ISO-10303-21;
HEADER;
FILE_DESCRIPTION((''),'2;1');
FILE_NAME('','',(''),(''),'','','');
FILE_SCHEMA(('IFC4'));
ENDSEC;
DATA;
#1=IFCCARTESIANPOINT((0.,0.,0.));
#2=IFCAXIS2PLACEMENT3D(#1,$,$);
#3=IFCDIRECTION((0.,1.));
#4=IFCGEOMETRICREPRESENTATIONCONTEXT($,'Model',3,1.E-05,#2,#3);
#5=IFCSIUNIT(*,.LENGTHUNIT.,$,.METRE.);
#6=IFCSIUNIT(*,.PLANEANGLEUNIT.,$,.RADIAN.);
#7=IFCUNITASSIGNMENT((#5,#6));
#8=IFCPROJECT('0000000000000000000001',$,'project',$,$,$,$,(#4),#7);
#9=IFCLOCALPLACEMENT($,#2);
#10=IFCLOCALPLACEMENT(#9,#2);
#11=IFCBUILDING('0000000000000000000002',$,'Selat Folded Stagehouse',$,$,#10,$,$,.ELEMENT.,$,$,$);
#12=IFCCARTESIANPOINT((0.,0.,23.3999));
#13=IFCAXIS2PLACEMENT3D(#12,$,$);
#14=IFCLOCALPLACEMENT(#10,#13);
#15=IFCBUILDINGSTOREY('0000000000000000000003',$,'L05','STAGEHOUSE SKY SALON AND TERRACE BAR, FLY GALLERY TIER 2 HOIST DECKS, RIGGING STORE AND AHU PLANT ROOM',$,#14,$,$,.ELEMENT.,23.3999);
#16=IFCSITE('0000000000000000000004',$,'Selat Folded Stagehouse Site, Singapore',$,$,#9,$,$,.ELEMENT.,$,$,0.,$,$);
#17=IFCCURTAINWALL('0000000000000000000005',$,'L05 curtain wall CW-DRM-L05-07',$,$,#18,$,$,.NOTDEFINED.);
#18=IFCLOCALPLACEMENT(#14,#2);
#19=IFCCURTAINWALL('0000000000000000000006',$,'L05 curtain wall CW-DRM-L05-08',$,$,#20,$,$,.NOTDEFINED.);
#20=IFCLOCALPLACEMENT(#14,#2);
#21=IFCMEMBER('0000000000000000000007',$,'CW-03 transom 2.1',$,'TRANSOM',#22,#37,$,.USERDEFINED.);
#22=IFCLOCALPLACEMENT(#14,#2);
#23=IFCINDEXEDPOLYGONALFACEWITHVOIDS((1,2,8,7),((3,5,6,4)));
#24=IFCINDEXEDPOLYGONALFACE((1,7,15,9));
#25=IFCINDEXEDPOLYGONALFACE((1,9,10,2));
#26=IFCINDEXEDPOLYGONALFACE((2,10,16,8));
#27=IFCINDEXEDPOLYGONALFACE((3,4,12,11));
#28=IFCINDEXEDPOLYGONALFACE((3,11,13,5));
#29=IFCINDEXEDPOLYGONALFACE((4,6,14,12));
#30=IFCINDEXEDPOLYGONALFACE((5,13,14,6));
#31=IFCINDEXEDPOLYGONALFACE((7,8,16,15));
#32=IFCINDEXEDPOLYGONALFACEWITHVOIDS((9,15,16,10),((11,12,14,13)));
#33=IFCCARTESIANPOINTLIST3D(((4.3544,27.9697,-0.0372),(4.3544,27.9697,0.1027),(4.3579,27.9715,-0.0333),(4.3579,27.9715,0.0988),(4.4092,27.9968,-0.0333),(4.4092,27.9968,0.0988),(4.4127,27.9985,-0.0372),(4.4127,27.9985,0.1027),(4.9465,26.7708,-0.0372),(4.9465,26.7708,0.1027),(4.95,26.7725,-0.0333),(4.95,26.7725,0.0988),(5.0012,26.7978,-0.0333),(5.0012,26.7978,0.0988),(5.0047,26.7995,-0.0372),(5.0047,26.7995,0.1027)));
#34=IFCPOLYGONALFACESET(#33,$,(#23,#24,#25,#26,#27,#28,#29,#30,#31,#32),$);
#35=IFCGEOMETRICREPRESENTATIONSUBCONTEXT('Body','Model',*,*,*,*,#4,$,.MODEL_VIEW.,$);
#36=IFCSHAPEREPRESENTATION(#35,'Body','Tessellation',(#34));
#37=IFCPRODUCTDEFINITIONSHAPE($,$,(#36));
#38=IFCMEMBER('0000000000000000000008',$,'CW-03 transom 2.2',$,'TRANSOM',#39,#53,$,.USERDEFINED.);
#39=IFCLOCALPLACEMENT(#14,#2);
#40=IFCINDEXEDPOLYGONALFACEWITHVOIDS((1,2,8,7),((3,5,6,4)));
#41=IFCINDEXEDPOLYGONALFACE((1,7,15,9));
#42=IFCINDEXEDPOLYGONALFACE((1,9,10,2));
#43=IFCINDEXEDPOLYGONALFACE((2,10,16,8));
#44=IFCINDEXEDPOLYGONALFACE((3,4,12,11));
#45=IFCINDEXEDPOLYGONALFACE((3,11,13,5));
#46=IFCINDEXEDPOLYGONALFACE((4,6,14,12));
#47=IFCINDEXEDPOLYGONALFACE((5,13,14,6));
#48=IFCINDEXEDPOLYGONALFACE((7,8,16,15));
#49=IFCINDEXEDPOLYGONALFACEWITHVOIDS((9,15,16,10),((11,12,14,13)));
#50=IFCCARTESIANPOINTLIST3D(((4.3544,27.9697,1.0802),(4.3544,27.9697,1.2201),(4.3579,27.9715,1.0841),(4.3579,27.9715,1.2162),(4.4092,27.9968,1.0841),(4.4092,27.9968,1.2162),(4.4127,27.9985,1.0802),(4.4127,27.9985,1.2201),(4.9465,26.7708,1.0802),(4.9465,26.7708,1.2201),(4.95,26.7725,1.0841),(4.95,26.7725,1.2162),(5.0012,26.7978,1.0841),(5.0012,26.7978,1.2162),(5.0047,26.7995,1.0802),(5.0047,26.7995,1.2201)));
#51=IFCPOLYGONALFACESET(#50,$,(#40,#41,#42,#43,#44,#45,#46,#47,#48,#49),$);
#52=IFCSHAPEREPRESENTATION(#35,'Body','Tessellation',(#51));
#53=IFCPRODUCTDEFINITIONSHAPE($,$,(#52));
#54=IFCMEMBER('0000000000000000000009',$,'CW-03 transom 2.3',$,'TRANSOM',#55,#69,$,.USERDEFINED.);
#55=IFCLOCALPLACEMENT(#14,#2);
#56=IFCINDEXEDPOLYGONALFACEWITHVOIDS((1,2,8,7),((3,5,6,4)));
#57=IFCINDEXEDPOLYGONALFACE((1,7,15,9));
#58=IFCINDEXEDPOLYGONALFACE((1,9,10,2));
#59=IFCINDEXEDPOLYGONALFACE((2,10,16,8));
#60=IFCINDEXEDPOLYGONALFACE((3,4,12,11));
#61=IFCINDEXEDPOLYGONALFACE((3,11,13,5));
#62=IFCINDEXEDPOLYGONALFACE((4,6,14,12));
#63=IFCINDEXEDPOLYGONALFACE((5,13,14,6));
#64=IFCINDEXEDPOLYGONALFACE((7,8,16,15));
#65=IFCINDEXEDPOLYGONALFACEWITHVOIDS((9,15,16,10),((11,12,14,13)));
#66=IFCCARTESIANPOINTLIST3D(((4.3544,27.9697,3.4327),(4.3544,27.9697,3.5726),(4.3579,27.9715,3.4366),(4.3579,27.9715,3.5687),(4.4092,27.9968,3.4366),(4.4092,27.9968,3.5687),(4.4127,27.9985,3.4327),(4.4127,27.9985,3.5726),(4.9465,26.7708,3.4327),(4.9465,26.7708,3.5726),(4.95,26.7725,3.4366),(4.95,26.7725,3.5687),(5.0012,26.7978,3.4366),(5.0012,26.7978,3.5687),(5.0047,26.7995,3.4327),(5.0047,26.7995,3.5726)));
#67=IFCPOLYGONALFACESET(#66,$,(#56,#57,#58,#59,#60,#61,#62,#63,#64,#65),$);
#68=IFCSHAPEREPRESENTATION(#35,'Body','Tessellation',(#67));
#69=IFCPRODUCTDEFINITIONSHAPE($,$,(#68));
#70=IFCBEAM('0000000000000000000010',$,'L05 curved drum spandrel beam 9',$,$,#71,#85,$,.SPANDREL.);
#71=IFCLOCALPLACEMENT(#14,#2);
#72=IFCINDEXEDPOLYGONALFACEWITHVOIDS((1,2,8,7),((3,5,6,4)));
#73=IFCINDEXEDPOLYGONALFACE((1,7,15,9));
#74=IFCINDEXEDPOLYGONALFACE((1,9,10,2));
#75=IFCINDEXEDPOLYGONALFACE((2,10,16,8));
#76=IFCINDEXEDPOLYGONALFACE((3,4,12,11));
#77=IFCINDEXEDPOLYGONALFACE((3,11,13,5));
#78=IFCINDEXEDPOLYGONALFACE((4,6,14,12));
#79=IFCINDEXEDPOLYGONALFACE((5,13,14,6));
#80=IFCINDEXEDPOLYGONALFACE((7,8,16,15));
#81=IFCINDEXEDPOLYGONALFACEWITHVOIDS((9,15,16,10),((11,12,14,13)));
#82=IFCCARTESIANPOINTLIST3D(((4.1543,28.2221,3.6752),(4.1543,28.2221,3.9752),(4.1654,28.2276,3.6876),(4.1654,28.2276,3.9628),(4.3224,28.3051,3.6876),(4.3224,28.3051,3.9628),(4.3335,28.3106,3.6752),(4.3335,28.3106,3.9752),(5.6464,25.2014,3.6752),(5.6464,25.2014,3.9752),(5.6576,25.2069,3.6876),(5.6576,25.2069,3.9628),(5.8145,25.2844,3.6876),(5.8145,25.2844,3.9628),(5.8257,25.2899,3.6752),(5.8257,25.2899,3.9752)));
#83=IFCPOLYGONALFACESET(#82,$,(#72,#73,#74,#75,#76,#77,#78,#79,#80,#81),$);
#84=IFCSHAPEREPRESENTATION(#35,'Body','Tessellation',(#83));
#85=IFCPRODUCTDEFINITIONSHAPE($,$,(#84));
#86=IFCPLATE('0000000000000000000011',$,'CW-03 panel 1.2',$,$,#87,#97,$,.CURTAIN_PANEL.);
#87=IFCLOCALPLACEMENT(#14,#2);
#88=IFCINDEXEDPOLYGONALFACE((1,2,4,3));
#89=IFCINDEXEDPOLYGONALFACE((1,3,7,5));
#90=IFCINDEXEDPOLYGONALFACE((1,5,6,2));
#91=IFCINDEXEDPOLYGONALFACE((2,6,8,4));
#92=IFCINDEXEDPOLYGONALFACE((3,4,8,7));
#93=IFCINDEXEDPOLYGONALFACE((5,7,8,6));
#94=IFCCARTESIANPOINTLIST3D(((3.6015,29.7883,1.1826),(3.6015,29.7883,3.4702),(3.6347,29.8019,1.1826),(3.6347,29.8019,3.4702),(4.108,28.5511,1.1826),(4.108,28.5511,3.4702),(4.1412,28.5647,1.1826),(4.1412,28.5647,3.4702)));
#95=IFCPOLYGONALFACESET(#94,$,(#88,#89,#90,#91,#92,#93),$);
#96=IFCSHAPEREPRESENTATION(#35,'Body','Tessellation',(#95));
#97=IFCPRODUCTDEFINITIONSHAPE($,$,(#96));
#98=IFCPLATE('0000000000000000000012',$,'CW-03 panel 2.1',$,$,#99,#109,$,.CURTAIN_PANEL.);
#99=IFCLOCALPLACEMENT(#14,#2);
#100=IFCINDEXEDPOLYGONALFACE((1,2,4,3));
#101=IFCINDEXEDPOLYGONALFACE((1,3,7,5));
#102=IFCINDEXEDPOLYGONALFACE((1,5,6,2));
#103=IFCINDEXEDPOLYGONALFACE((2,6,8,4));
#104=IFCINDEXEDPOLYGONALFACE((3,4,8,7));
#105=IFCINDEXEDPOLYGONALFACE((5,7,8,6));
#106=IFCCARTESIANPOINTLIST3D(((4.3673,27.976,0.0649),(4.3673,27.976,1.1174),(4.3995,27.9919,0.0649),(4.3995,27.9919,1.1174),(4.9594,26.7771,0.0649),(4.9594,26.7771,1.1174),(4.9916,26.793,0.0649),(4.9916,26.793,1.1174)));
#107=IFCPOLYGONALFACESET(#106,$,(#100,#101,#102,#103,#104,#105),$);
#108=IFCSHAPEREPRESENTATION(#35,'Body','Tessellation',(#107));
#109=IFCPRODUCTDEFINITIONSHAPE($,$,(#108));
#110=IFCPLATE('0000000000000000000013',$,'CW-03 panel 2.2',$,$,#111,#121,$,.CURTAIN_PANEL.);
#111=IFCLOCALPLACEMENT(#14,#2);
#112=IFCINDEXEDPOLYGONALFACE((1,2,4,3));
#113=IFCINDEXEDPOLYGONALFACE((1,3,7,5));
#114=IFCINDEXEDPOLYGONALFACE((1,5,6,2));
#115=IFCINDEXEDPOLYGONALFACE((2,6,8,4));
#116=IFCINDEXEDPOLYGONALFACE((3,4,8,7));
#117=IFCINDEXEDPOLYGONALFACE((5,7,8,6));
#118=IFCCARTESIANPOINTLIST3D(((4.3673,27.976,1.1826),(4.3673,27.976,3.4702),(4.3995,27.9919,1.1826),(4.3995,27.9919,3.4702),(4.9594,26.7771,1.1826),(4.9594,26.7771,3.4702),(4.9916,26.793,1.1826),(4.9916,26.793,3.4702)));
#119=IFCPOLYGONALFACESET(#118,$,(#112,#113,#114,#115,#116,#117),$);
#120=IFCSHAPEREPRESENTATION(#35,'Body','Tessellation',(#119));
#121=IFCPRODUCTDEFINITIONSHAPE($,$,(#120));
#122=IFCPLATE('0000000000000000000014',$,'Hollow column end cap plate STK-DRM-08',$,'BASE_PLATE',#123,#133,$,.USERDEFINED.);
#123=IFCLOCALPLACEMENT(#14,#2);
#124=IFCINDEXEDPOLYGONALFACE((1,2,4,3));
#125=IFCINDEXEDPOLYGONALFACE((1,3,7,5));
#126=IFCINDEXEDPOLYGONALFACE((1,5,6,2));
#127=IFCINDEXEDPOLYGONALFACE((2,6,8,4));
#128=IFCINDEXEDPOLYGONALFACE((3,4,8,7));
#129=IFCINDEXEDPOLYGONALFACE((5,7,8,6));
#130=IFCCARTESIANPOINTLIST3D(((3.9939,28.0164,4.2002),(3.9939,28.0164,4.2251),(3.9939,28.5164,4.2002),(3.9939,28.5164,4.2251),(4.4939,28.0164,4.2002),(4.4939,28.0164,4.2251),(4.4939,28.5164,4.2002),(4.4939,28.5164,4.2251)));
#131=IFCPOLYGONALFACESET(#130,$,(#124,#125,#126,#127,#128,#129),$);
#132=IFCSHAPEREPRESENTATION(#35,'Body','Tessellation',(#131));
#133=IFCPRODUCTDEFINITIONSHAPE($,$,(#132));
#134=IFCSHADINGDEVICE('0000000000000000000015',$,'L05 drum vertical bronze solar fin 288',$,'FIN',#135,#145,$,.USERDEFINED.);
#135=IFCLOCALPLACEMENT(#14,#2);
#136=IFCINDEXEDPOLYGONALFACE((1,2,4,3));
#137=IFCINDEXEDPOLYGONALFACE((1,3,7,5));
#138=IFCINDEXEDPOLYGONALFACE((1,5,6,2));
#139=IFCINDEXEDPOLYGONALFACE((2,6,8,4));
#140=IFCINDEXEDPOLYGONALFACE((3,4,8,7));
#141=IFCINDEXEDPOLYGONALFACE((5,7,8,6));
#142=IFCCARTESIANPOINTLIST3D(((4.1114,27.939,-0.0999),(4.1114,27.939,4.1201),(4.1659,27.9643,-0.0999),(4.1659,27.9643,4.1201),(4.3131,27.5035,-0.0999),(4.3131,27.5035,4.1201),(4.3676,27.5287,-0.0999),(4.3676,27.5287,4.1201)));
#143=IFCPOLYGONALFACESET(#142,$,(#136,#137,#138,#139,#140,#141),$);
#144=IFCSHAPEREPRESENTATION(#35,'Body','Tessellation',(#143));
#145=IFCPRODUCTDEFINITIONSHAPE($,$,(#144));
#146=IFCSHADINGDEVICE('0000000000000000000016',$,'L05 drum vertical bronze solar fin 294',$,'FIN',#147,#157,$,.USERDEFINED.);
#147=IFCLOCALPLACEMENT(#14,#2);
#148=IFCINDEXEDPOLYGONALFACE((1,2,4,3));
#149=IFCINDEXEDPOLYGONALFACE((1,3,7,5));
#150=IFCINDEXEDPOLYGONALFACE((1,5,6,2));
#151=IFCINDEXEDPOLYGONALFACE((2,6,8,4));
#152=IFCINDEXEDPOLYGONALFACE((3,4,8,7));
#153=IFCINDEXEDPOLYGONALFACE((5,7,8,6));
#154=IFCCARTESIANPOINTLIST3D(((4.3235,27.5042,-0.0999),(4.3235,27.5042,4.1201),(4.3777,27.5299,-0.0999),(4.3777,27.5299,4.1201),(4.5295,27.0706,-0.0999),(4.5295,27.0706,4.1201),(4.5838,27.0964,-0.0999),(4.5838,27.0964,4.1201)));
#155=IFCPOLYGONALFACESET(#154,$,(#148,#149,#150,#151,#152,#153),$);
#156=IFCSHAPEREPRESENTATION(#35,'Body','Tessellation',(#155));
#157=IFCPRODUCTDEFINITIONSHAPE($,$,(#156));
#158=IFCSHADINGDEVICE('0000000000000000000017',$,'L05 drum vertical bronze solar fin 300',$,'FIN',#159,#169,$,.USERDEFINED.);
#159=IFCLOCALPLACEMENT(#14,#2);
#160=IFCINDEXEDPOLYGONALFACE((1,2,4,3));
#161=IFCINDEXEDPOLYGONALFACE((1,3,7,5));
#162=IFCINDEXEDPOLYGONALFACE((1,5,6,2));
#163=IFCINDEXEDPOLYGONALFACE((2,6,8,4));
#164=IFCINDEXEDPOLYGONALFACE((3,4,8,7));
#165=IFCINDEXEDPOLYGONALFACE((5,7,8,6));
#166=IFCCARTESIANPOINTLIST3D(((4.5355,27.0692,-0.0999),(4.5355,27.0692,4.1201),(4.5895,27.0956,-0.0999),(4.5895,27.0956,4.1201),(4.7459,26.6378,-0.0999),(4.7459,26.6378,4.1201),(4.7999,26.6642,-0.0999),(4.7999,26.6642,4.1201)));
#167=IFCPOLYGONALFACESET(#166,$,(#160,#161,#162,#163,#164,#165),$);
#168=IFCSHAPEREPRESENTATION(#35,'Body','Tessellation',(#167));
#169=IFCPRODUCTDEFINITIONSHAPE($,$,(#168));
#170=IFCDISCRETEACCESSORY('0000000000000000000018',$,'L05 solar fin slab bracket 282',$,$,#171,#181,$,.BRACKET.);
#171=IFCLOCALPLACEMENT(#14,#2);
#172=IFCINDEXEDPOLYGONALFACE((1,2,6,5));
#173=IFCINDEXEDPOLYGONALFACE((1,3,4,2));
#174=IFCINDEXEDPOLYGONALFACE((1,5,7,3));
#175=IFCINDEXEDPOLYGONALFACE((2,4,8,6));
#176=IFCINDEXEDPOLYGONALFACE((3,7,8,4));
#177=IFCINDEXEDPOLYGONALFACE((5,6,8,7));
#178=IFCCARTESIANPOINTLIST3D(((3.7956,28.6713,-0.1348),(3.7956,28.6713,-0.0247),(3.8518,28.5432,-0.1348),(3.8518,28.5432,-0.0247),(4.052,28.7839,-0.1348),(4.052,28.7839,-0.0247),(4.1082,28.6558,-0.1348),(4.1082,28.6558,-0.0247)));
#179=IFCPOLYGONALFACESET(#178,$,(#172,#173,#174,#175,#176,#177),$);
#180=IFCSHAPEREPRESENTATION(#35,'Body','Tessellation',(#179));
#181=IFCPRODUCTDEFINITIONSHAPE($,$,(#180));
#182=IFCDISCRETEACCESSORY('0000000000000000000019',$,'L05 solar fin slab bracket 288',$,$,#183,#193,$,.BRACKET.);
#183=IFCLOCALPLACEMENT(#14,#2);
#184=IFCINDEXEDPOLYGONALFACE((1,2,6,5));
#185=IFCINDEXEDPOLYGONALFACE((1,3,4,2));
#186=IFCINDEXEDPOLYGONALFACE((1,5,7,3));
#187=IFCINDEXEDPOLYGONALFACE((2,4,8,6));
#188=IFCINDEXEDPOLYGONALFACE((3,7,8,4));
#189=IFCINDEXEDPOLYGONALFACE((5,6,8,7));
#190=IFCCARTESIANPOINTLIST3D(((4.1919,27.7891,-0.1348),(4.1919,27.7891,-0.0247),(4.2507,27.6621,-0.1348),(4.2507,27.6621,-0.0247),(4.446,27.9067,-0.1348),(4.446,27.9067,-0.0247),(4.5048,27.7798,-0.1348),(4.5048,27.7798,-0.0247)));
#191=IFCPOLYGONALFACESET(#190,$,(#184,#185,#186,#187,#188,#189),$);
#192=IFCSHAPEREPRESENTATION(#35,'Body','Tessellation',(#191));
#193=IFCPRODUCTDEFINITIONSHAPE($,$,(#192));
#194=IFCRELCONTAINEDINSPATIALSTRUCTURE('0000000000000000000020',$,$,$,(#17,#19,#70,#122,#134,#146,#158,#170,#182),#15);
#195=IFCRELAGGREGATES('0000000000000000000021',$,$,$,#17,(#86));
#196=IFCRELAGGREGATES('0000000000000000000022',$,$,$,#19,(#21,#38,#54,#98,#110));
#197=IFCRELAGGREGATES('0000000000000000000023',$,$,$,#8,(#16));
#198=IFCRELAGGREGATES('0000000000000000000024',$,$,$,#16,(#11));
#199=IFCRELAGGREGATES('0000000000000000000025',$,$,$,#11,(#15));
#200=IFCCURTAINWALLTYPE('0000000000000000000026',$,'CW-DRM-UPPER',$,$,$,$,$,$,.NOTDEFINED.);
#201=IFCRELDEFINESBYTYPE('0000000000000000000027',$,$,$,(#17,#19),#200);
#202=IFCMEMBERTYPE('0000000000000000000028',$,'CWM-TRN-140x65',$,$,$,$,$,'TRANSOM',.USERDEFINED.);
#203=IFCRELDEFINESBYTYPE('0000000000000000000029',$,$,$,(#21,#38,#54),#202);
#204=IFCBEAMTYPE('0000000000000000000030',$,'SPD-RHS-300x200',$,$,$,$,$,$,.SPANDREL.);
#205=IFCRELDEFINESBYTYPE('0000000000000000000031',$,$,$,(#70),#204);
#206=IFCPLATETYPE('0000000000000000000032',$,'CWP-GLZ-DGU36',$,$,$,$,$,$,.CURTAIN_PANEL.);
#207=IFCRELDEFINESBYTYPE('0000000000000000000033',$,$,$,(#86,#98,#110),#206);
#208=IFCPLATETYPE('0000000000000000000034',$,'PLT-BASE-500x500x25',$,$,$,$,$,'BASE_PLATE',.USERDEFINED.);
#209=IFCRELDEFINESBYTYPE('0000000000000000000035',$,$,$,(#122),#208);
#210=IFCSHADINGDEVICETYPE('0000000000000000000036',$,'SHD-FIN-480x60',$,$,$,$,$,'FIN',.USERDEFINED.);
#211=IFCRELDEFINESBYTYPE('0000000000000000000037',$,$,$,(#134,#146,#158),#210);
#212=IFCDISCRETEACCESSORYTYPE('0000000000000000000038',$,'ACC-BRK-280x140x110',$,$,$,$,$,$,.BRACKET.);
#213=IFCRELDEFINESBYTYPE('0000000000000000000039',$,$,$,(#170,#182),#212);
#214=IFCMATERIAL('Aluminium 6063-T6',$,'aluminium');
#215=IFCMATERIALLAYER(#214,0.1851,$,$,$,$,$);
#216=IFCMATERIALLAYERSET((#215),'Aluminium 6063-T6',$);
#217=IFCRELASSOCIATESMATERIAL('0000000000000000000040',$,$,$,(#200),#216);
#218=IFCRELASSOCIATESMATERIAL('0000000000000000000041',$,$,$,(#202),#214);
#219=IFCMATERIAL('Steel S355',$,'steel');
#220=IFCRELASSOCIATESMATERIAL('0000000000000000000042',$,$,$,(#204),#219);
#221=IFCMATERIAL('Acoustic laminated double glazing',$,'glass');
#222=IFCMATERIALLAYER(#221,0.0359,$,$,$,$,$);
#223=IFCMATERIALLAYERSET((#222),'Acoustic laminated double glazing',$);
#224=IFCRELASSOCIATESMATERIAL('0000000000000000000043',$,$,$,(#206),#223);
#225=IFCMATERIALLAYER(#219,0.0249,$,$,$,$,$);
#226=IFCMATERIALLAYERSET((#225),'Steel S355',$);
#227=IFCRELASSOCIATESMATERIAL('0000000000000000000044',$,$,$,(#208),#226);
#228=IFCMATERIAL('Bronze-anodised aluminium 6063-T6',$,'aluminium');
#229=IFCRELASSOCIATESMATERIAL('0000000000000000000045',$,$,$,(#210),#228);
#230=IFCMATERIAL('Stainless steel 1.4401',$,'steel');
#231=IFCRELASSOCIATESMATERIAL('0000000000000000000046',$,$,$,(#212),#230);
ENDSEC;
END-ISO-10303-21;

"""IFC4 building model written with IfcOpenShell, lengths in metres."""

from ifc_helpers import new_model, si_unit, direction, frame, origin, origin_2d, place, context, subcontext, project, spatial, rectangle, hollow_rectangle, extrude, material, layer, layer_set, material_profile, profile_set, type_object, element, aggregate, save


model = new_model("IFC4")

# Units and contexts
model_context = context("Model", 3, precision=1e-05, world=origin(), true_north=direction((0.0, 1.0)))
body_context = subcontext(model_context, "Body", "Model", "MODEL_VIEW")
ifc_project = project(units=[si_unit("LENGTHUNIT", "METRE"), si_unit("PLANEANGLEUNIT", "RADIAN")], contexts=[model_context])

# Site, building, storey
site_placement = place(None, origin())
site = spatial("IfcSite", under=ifc_project, at=site_placement, Name="Selat Folded Stagehouse Site, Singapore", CompositionType="ELEMENT", RefElevation=0.0)
building_placement = place(site_placement, origin())
building = spatial("IfcBuilding", under=site, at=building_placement, Name="Selat Folded Stagehouse", CompositionType="ELEMENT")
storey_placement = place(building_placement, frame((0.0, 0.0, 23.3999)))
storey = spatial("IfcBuildingStorey", under=building, at=storey_placement, Name="L05", Description="STAGEHOUSE SKY SALON AND TERRACE BAR, FLY GALLERY TIER 2 HOIST DECKS, RIGGING STORE AND AHU PLANT ROOM", CompositionType="ELEMENT", Elevation=23.3999)

# Shared definitions
ifc_material_1 = material(Name="Steel S355", Category="steel")

# Curtain walls
ifc_material_2 = material(Name="Aluminium 6063-T6", Category="aluminium")
ifc_layer_1 = layer(ifc_material_2, 0.1851)
ifc_layer_set_1 = layer_set([ifc_layer_1], Name="Aluminium 6063-T6")
curtain_wall_type = type_object("IfcCurtainWallType", Name="CW-DRM-UPPER", PredefinedType="NOTDEFINED", material=ifc_layer_set_1)
curtain_wall_1_placement = place(storey_placement, origin())
curtain_wall_1 = element("IfcCurtainWall", 1, at=curtain_wall_1_placement, inside=storey, type_object=curtain_wall_type, Name="L05 curtain wall CW-DRM-L05-07", PredefinedType="NOTDEFINED")
curtain_wall_2_placement = place(storey_placement, origin())
curtain_wall_2 = element("IfcCurtainWall", 2, at=curtain_wall_2_placement, inside=storey, type_object=curtain_wall_type, Name="L05 curtain wall CW-DRM-L05-08", PredefinedType="NOTDEFINED")

# Members
ifc_material_profile_1 = material_profile(ifc_material_2, hollow_rectangle(XDim=0.0649, YDim=0.1399, WallThickness=0.0039, at=origin_2d()), Name="ALU 140x65x4.0")
ifc_profile_set_1 = profile_set([ifc_material_profile_1], Name="Aluminium 6063-T6")
member_type_1 = type_object("IfcMemberType", Name="CWM-TRN-140x65", ElementType="TRANSOM", PredefinedType="USERDEFINED", material=ifc_profile_set_1)
member_1_placement = place(storey_placement, frame((4.9756, 26.7852, 0.0327), z_axis=(-0.442753, 0.896644, 0.0), x_axis=(-0.896644, -0.442753, 0.0)))
member_1 = element("IfcMember", 3, at=member_1_placement, type_object=member_type_1, Name="CW-03 transom 2.1", ObjectType="TRANSOM", PredefinedType="USERDEFINED", context=body_context, shape_type="SweptSolid", body=[
    extrude(hollow_rectangle(XDim=0.0649, YDim=0.1399, WallThickness=0.0039, at=origin_2d()), origin(), (0.0, 0.0, 1.0), 1.3372),
])
member_2_placement = place(storey_placement, frame((4.9756, 26.7852, 1.1501), z_axis=(-0.442753, 0.896644, 0.0), x_axis=(-0.896644, -0.442753, 0.0)))
member_2 = element("IfcMember", 4, at=member_2_placement, type_object=member_type_1, Name="CW-03 transom 2.2", ObjectType="TRANSOM", PredefinedType="USERDEFINED", context=body_context, shape_type="SweptSolid", body=[
    extrude(hollow_rectangle(XDim=0.0649, YDim=0.1399, WallThickness=0.0039, at=origin_2d()), origin(), (0.0, 0.0, 1.0), 1.3372),
])
member_3_placement = place(storey_placement, frame((4.9756, 26.7852, 3.5027), z_axis=(-0.442753, 0.896644, 0.0), x_axis=(-0.896644, -0.442753, 0.0)))
member_3 = element("IfcMember", 5, at=member_3_placement, type_object=member_type_1, Name="CW-03 transom 2.3", ObjectType="TRANSOM", PredefinedType="USERDEFINED", context=body_context, shape_type="SweptSolid", body=[
    extrude(hollow_rectangle(XDim=0.0649, YDim=0.1399, WallThickness=0.0039, at=origin_2d()), origin(), (0.0, 0.0, 1.0), 1.3372),
])

# Beam
ifc_material_profile_2 = material_profile(ifc_material_1, hollow_rectangle(XDim=0.2, YDim=0.3, WallThickness=0.0125, at=origin_2d()), Name="RHS 300x200x12.5")
ifc_profile_set_2 = profile_set([ifc_material_profile_2], Name="Steel S355")
beam_type = type_object("IfcBeamType", Name="SPD-RHS-300x200", PredefinedType="SPANDREL", material=ifc_profile_set_2)
beam_placement = place(storey_placement, frame((4.2439, 28.2664, 3.8252), z_axis=(0.44289, -0.896576, 0.0), x_axis=(0.896576, 0.44289, 0.0)))
element("IfcBeam", 6, at=beam_placement, inside=storey, type_object=beam_type, Name="L05 curved drum spandrel beam 9", PredefinedType="SPANDREL", context=body_context, shape_type="SweptSolid", body=[
    extrude(hollow_rectangle(XDim=0.2, YDim=0.3, WallThickness=0.0125, at=origin_2d()), origin(), (0.0, 0.0, 1.0), 3.3691),
])

# Plates
ifc_material_3 = material(Name="Acoustic laminated double glazing", Category="glass")
ifc_layer_2 = layer(ifc_material_3, 0.0359)
ifc_layer_set_2 = layer_set([ifc_layer_2], Name="Acoustic laminated double glazing")
plate_type_1 = type_object("IfcPlateType", Name="CWP-GLZ-DGU36", PredefinedType="CURTAIN_PANEL", material=ifc_layer_set_2)
plate_1_placement = place(storey_placement, frame((3.8713, 29.1765, 1.1826), z_axis=(0.0, 0.0, 1.0), x_axis=(-0.378891, 0.925441, 0.0)))
plate_1 = element("IfcPlate", 7, at=plate_1_placement, type_object=plate_type_1, Name="CW-03 panel 1.2", PredefinedType="CURTAIN_PANEL", context=body_context, shape_type="SweptSolid", body=[
    extrude(rectangle(XDim=1.3369, YDim=0.0359, at=origin_2d()), origin(), (0.0, 0.0, 1.0), 2.2876),
])
aggregate(curtain_wall_1, [plate_1])
plate_2_placement = place(storey_placement, frame((4.6794, 27.3845, 0.0649), z_axis=(0.0, 0.0, 1.0), x_axis=(-0.442845, 0.896598, 0.0)))
plate_2 = element("IfcPlate", 8, at=plate_2_placement, type_object=plate_type_1, Name="CW-03 panel 2.1", PredefinedType="CURTAIN_PANEL", context=body_context, shape_type="SweptSolid", body=[
    extrude(rectangle(XDim=1.3372, YDim=0.0359, at=origin_2d()), origin(), (0.0, 0.0, 1.0), 1.0525),
])
plate_3_placement = place(storey_placement, frame((4.6794, 27.3845, 1.1826), z_axis=(0.0, 0.0, 1.0), x_axis=(-0.442845, 0.896598, 0.0)))
plate_3 = element("IfcPlate", 9, at=plate_3_placement, type_object=plate_type_1, Name="CW-03 panel 2.2", PredefinedType="CURTAIN_PANEL", context=body_context, shape_type="SweptSolid", body=[
    extrude(rectangle(XDim=1.3372, YDim=0.0359, at=origin_2d()), origin(), (0.0, 0.0, 1.0), 2.2876),
])
aggregate(curtain_wall_2, [member_1, member_2, member_3, plate_2, plate_3])
ifc_layer_3 = layer(ifc_material_1, 0.0249)
ifc_layer_set_3 = layer_set([ifc_layer_3], Name="Steel S355")
plate_type_2 = type_object("IfcPlateType", Name="PLT-BASE-500x500x25", ElementType="BASE_PLATE", PredefinedType="USERDEFINED", material=ifc_layer_set_3)
plate_4_placement = place(storey_placement, frame((4.2439, 28.2664, 4.2002), z_axis=(0.0, 0.0, 1.0), x_axis=(1.0, 0.0, 0.0)))
element("IfcPlate", 10, at=plate_4_placement, inside=storey, type_object=plate_type_2, Name="Hollow column end cap plate STK-DRM-08", ObjectType="BASE_PLATE", PredefinedType="USERDEFINED", context=body_context, shape_type="SweptSolid", body=[
    extrude(rectangle(XDim=0.5, YDim=0.5, at=origin_2d()), origin(), (0.0, 0.0, 1.0), 0.0249),
])

# Shading devices
ifc_material_4 = material(Name="Bronze-anodised aluminium 6063-T6", Category="aluminium")
ifc_material_profile_3 = material_profile(ifc_material_4, rectangle(XDim=0.0601, YDim=0.48, at=origin_2d()), Name="SOLAR-FIN 480x60")
ifc_profile_set_3 = profile_set([ifc_material_profile_3], Name="Bronze-anodised aluminium 6063-T6")
shading_device_type = type_object("IfcShadingDeviceType", Name="SHD-FIN-480x60", ElementType="FIN", PredefinedType="USERDEFINED", material=ifc_profile_set_3)
for number, where, z_axis, x_axis, name in (
    (11, (4.2395, 27.7339, -0.0999), (0.0, 0.0, 1.0), (-0.907411, -0.420244, 0.0), "L05 drum vertical bronze solar fin 288"),
    (12, (4.4536, 27.3003, -0.0999), (0.0, 0.0, 1.0), (-0.903186, -0.42925, 0.0), "L05 drum vertical bronze solar fin 294"),
    (13, (4.6677, 26.8667, -0.0999), (0.0, 0.0, 1.0), (-0.898794, -0.438371, 0.0), "L05 drum vertical bronze solar fin 300"),
):
    element("IfcShadingDevice", number, at=place(storey_placement, frame(where, z_axis=z_axis, x_axis=x_axis)), inside=storey, type_object=shading_device_type, Name=name, ObjectType="FIN", PredefinedType="USERDEFINED", context=body_context, shape_type="SweptSolid", body=[
        extrude(rectangle(XDim=0.0601, YDim=0.48, at=origin_2d()), origin(), (0.0, 0.0, 1.0), 4.22),
    ])

# Discrete accessories
ifc_material_5 = material(Name="Stainless steel 1.4401", Category="steel")
discrete_accessory_type = type_object("IfcDiscreteAccessoryType", Name="ACC-BRK-280x140x110", PredefinedType="BRACKET", material=ifc_material_5)
for number, where, z_axis, x_axis, name in (
    (14, (3.9519, 28.6636, -0.1348), (0.0, 0.0, 1.0), (-0.915663, -0.401948, 0.0), "L05 solar fin slab bracket 282"),
    (15, (4.3484, 27.7844, -0.1348), (0.0, 0.0, 1.0), (-0.907411, -0.420244, 0.0), "L05 solar fin slab bracket 288"),
):
    element("IfcDiscreteAccessory", number, at=place(storey_placement, frame(where, z_axis=z_axis, x_axis=x_axis)), inside=storey, type_object=discrete_accessory_type, Name=name, PredefinedType="BRACKET", context=body_context, shape_type="SweptSolid", body=[
        extrude(rectangle(XDim=0.28, YDim=0.1399, at=origin_2d()), origin(), (0.0, 0.0, 1.0), 0.1101),
    ])

save(model, "model.ifc")
